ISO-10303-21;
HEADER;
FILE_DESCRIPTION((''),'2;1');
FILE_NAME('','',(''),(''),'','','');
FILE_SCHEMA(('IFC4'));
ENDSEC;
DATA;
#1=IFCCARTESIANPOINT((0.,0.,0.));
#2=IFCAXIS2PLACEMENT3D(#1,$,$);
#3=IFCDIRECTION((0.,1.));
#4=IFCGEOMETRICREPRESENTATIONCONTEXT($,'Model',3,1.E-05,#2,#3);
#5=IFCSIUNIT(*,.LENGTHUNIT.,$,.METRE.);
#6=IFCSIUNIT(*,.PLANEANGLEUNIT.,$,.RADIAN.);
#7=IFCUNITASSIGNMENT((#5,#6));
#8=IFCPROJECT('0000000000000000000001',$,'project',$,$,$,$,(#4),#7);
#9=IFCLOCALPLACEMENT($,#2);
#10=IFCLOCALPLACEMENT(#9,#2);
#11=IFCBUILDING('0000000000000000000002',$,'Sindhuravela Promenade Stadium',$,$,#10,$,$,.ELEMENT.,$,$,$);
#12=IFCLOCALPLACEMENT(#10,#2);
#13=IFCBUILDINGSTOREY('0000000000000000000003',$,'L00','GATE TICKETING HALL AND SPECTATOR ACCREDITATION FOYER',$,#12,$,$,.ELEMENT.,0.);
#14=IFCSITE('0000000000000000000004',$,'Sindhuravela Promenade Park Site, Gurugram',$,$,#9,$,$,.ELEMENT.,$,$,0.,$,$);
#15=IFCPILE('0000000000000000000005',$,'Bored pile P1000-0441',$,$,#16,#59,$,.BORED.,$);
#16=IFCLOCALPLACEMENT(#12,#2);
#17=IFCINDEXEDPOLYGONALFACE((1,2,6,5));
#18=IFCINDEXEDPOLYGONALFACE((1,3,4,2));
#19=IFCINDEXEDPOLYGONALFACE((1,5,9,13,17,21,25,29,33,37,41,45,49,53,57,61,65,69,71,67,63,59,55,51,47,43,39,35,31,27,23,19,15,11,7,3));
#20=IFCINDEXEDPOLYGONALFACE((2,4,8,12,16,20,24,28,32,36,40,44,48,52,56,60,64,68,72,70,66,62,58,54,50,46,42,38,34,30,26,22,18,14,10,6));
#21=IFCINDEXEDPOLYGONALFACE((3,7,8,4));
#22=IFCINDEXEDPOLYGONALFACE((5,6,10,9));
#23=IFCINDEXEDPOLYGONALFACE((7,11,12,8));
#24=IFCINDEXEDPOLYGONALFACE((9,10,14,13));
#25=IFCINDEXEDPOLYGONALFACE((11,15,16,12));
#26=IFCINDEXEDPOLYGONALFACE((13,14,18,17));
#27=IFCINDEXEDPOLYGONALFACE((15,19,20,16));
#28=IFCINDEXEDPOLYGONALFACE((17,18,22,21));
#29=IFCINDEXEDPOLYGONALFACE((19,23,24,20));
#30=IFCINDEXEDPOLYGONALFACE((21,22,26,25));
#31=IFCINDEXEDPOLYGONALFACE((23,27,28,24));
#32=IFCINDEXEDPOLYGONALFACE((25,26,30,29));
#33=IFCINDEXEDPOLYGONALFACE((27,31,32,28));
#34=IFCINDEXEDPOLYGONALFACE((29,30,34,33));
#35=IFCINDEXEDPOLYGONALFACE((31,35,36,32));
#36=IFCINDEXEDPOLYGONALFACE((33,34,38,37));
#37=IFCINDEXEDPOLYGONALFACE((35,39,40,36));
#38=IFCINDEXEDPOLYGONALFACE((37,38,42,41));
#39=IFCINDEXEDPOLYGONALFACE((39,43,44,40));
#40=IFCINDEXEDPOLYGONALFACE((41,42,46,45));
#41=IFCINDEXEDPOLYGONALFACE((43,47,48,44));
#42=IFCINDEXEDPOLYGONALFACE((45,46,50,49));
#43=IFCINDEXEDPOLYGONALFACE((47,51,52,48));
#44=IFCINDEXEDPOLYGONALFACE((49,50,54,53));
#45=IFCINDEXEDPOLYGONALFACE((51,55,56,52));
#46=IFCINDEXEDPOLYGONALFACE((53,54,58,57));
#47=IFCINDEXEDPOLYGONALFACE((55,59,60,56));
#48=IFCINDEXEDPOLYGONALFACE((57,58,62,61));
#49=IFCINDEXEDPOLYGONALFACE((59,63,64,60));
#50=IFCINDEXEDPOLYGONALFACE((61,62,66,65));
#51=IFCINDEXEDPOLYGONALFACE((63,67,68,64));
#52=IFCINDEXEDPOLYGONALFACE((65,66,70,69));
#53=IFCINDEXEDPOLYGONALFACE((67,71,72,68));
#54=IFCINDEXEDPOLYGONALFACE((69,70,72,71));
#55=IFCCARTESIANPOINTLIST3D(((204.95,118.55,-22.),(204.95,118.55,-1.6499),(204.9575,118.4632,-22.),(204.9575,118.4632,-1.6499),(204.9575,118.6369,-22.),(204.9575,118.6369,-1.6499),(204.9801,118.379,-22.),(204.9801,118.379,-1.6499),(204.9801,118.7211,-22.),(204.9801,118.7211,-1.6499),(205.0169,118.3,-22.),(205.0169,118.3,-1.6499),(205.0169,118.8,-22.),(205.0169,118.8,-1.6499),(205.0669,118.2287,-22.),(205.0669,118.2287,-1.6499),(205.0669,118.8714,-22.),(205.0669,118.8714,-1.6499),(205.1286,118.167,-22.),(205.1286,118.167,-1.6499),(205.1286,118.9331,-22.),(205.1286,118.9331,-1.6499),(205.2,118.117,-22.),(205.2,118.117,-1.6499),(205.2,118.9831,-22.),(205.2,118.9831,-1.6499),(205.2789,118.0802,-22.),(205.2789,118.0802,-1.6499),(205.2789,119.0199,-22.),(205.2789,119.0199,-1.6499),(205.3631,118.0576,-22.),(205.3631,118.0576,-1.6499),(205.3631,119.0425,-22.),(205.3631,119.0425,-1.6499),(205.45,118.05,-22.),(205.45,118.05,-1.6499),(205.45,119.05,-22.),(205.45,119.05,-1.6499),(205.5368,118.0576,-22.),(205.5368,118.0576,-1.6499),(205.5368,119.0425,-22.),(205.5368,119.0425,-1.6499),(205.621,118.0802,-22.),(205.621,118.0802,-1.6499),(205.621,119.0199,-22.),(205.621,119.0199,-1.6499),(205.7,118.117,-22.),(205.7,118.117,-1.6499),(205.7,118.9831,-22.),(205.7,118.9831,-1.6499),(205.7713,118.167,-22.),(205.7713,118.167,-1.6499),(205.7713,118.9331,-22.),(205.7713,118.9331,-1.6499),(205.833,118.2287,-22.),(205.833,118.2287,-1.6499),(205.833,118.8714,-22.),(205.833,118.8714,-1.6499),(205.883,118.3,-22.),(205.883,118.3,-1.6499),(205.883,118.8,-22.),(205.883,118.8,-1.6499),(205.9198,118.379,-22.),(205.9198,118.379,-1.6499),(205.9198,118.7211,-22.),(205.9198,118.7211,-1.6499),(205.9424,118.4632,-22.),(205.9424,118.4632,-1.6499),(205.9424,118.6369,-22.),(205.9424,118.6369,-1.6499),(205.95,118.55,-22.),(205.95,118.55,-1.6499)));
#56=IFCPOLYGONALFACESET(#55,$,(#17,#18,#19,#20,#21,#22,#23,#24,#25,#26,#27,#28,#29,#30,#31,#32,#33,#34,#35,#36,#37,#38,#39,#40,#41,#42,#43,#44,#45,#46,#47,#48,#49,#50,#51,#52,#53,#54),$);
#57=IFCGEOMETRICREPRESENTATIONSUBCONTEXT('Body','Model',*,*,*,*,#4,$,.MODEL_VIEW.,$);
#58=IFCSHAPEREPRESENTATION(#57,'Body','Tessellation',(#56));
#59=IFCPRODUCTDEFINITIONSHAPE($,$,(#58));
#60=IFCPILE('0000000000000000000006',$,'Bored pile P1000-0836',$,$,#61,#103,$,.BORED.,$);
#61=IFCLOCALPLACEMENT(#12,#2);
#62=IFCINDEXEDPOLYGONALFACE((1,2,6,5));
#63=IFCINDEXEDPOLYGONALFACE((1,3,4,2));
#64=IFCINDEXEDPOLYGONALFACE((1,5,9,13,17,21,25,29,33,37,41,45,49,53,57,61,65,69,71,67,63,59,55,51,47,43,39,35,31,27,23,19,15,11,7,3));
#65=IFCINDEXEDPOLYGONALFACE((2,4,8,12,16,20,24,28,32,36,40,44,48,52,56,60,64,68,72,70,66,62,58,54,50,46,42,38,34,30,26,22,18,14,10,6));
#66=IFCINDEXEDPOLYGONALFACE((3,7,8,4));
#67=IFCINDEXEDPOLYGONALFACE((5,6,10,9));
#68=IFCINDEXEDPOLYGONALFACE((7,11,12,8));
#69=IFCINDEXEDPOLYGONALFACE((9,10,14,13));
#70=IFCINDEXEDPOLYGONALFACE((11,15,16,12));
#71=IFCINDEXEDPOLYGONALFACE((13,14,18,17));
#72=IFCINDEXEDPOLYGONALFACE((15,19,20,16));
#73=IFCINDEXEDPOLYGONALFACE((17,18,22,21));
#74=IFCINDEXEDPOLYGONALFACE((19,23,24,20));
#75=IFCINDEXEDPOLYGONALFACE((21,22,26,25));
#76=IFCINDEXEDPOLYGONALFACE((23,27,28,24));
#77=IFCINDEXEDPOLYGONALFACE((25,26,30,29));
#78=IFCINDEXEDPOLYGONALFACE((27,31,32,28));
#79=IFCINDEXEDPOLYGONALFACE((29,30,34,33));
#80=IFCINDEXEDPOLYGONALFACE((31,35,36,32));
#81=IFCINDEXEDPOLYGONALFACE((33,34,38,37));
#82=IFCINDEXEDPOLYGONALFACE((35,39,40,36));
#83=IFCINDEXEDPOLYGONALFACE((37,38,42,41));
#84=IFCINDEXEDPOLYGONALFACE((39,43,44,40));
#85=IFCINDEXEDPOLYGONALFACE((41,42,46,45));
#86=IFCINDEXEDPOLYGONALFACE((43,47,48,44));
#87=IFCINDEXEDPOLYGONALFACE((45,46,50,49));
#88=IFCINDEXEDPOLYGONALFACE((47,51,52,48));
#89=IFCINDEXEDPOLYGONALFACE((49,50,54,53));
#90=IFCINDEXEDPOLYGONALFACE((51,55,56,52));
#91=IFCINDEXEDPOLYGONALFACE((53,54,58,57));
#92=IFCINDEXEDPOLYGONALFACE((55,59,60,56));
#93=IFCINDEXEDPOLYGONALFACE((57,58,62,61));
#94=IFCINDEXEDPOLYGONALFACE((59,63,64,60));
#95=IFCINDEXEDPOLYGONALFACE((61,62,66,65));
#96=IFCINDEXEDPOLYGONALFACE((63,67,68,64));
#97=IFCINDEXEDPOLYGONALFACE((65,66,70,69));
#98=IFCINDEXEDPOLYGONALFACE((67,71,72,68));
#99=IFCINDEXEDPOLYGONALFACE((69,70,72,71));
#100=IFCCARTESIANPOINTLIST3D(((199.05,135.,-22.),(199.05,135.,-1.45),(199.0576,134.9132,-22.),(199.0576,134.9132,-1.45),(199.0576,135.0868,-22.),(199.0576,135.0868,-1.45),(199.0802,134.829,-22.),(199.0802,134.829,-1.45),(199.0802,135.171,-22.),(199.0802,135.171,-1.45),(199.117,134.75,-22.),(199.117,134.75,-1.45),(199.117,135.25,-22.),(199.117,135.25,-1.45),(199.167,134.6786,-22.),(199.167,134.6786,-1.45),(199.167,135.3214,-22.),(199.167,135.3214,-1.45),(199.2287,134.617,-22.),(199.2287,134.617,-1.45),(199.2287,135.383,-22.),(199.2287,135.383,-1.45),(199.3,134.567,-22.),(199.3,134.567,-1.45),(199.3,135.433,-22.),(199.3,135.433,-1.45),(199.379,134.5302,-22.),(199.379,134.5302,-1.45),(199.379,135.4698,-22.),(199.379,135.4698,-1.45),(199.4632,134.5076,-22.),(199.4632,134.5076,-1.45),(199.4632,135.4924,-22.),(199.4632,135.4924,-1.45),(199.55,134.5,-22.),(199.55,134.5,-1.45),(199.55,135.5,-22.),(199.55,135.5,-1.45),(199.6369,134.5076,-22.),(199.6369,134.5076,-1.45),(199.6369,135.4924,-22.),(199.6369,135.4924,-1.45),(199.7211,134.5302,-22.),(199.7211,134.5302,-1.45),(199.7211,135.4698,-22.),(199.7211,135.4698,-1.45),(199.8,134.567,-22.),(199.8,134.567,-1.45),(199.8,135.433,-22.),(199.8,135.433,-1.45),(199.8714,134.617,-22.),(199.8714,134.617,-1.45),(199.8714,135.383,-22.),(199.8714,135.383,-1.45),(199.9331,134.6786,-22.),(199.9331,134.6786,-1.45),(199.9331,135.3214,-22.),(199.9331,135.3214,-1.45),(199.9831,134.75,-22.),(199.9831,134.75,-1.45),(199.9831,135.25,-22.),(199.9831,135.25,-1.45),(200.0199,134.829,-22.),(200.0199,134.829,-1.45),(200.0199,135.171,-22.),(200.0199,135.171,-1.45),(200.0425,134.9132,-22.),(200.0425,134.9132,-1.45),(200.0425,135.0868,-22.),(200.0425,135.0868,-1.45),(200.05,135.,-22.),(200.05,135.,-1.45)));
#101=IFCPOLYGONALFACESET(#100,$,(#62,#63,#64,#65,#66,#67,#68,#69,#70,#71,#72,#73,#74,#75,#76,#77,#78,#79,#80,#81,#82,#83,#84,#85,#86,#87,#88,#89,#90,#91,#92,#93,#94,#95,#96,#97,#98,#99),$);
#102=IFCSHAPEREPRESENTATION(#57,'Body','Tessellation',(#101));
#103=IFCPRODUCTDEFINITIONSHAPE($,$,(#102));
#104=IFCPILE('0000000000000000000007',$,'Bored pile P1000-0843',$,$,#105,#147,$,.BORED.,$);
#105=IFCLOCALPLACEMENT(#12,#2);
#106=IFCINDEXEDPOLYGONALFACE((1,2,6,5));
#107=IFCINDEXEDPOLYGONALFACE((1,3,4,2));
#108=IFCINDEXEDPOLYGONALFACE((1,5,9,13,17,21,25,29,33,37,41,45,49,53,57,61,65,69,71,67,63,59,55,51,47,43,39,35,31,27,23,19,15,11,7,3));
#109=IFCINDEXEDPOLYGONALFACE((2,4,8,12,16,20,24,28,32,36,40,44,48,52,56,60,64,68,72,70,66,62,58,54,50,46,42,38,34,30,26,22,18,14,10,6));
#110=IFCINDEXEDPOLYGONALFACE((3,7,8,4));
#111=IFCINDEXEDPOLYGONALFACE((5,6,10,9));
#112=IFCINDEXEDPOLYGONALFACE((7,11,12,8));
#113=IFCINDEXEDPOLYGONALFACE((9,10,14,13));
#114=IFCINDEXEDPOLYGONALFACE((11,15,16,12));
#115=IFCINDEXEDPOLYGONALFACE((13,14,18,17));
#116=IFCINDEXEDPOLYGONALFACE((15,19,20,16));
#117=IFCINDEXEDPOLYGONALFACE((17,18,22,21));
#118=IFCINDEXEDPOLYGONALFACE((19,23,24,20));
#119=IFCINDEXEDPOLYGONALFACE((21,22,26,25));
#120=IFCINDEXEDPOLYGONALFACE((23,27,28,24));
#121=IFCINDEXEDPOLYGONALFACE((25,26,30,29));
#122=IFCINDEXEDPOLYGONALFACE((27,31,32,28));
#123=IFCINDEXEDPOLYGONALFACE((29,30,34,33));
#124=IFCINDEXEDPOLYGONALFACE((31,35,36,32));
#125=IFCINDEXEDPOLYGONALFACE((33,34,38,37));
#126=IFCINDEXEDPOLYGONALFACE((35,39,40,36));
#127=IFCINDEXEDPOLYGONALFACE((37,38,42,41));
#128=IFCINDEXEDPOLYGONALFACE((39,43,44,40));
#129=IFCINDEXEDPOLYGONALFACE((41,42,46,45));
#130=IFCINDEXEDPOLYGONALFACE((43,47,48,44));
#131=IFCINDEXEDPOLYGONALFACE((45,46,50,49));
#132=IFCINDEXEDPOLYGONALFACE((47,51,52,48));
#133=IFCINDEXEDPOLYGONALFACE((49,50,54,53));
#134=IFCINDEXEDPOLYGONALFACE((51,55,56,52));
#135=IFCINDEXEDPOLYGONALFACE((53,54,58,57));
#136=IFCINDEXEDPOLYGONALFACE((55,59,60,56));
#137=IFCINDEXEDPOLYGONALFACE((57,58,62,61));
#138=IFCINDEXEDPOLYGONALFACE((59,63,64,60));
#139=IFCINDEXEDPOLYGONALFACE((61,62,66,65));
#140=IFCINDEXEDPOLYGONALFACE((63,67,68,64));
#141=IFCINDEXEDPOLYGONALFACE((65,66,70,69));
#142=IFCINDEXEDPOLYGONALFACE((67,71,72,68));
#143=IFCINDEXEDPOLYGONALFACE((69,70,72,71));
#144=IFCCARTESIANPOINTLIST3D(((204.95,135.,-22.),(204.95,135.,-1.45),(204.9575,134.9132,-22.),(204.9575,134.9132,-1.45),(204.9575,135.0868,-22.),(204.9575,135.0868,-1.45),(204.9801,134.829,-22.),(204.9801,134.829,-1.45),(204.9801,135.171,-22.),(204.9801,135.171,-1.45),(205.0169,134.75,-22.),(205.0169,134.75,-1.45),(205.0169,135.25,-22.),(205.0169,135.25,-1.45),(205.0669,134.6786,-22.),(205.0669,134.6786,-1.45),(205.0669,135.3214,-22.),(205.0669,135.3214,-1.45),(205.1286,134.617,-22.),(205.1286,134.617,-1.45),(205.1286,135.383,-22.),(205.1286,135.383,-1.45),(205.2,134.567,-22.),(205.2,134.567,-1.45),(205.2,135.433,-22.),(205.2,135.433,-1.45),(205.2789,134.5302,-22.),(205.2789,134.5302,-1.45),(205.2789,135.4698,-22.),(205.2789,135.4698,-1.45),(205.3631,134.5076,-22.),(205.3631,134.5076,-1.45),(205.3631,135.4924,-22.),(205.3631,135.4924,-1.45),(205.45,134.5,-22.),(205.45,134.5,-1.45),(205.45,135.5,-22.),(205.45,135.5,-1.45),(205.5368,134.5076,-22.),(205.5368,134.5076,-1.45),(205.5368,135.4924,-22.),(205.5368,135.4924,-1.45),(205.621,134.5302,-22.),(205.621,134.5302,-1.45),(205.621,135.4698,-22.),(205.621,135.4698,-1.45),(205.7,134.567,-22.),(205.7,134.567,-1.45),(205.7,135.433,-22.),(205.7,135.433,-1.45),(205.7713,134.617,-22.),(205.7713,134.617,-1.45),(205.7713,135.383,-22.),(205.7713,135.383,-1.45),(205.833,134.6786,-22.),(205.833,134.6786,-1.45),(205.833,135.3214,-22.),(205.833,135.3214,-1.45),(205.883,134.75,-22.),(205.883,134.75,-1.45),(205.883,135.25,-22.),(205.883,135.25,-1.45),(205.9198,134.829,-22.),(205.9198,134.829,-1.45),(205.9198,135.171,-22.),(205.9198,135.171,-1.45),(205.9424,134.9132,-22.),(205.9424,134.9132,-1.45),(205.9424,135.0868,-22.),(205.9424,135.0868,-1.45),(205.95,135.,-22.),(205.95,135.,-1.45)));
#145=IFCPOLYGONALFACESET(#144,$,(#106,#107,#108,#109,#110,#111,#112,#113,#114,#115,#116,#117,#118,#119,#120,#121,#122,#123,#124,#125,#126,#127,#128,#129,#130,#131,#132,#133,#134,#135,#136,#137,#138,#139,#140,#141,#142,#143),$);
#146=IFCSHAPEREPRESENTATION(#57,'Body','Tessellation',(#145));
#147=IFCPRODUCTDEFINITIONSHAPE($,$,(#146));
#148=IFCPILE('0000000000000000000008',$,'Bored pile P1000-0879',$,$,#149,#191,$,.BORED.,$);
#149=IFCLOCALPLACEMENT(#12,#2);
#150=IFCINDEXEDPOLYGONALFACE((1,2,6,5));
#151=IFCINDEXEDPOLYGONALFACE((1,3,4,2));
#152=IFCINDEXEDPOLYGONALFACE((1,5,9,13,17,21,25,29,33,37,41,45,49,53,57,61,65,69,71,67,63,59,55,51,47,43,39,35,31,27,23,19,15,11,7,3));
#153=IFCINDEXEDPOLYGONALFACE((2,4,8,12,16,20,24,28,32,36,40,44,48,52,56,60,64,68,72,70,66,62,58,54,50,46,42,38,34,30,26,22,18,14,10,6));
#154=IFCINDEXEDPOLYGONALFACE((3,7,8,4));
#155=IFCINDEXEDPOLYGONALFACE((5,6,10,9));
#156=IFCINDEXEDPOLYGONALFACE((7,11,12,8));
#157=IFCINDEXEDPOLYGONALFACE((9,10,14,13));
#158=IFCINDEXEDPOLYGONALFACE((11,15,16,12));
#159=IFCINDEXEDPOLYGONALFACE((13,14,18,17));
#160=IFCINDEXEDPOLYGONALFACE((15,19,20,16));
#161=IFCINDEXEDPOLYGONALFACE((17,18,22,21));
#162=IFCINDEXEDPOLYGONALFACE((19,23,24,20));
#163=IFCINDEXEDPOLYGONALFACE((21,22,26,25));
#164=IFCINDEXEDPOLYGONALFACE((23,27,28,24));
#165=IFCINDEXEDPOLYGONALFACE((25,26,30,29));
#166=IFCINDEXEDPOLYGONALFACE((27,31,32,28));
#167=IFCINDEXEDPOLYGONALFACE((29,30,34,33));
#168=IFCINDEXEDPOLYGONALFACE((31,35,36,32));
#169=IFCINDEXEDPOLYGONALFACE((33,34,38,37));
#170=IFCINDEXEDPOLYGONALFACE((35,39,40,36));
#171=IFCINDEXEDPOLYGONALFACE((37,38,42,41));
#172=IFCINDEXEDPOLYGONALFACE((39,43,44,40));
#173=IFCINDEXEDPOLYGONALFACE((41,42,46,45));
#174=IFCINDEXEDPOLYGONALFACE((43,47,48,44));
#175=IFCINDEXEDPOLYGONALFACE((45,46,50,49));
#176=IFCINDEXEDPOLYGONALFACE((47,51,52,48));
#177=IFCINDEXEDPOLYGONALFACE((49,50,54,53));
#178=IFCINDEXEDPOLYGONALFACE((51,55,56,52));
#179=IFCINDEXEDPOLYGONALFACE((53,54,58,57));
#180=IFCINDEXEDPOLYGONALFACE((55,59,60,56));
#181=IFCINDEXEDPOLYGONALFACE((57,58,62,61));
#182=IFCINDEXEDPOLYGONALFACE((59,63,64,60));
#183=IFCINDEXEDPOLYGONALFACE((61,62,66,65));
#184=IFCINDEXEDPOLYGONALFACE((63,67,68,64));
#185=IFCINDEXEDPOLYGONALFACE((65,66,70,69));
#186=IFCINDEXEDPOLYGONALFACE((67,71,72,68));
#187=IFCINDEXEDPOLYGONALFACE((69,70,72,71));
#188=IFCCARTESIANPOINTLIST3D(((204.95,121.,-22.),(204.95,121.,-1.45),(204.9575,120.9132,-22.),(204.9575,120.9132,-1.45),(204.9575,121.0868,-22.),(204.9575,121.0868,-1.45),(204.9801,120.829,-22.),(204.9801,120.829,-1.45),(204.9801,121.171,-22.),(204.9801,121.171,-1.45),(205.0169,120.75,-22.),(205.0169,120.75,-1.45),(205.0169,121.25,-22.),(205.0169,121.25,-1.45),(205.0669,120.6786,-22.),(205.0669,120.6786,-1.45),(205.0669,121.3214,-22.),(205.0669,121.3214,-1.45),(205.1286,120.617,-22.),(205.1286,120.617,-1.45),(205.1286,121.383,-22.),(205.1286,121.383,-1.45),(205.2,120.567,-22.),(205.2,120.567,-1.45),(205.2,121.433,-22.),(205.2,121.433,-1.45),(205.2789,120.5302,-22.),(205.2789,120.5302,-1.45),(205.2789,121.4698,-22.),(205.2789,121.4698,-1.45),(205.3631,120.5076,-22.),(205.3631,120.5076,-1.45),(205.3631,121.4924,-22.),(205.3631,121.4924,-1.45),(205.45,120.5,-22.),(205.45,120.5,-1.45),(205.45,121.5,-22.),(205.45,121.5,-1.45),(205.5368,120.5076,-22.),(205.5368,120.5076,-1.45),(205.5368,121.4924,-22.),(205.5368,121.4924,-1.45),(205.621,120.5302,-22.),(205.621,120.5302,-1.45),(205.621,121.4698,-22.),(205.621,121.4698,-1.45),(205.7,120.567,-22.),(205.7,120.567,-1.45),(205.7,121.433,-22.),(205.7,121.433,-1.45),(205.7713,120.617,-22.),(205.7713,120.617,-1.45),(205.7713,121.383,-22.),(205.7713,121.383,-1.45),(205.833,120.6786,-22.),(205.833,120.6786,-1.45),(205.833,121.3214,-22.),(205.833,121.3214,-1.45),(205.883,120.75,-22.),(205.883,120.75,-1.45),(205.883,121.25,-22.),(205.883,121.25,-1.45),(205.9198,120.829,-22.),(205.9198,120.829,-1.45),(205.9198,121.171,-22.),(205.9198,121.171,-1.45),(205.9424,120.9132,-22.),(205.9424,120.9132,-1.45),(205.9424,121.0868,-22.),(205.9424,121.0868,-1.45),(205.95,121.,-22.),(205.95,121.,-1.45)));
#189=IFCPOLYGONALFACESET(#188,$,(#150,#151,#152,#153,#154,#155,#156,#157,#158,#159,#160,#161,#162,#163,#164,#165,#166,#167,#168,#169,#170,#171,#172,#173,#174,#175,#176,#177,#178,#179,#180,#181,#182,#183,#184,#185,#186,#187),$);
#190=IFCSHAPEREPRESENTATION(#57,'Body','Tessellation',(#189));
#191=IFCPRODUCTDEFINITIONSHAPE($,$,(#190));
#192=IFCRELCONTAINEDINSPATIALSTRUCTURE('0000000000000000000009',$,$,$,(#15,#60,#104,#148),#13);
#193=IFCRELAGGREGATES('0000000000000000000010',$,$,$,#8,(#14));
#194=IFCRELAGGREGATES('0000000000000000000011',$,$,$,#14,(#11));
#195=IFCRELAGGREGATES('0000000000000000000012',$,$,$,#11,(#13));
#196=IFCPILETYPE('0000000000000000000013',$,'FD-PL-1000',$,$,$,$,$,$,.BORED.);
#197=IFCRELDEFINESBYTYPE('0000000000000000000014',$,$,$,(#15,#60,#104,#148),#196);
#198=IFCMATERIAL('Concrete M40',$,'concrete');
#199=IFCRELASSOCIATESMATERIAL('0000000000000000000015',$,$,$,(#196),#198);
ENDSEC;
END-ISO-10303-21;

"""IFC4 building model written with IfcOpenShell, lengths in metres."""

from ifc_helpers import new_model, si_unit, direction, frame, origin, origin_2d, place, context, subcontext, project, spatial, circle, extrude, material, material_profile, profile_set, type_object, element, save


model = new_model("IFC4")

# Units and contexts
model_context = context("Model", 3, precision=1e-05, world=origin(), true_north=direction((0.0, 1.0)))
body_context = subcontext(model_context, "Body", "Model", "MODEL_VIEW")
ifc_project = project(units=[si_unit("LENGTHUNIT", "METRE"), si_unit("PLANEANGLEUNIT", "RADIAN")], contexts=[model_context])

# Site, building, storey
site_placement = place(None, origin())
site = spatial("IfcSite", under=ifc_project, at=site_placement, Name="Sindhuravela Promenade Park Site, Gurugram", CompositionType="ELEMENT", RefElevation=0.0)
building_placement = place(site_placement, origin())
building = spatial("IfcBuilding", under=site, at=building_placement, Name="Sindhuravela Promenade Stadium", CompositionType="ELEMENT")
storey_placement = place(building_placement, origin())
storey = spatial("IfcBuildingStorey", under=building, at=storey_placement, Name="L00", Description="GATE TICKETING HALL AND SPECTATOR ACCREDITATION FOYER", CompositionType="ELEMENT", Elevation=0.0)

# Piles
ifc_material_1 = material(Name="Concrete M40", Category="concrete")
ifc_material_profile_1 = material_profile(ifc_material_1, circle(Radius=0.5, at=origin_2d()), Name="BORED PILE D1000")
ifc_profile_set_1 = profile_set([ifc_material_profile_1], Name="Concrete M40")
pile_type_1 = type_object("IfcPileType", Name="FD-PL-1000", PredefinedType="BORED", material=ifc_profile_set_1)
for number, where, z_axis, x_axis, name in (
    (1, (205.45, 118.55, -1.6499), (0.0, 0.0, -1.0), (1.0, 0.0, 0.0), "Bored pile P1000-0441"),
):
    element("IfcPile", number, at=place(storey_placement, frame(where, z_axis=z_axis, x_axis=x_axis)), inside=storey, type_object=pile_type_1, Name=name, PredefinedType="BORED", context=body_context, shape_type="SweptSolid", body=[
        extrude(circle(Radius=0.5, at=origin_2d()), origin(), (0.0, 0.0, 1.0), 20.3501),
    ])
for number, where, z_axis, x_axis, name in (
    (2, (199.55, 135.0, -1.45), (0.0, 0.0, -1.0), (1.0, 0.0, 0.0), "Bored pile P1000-0836"),
    (3, (205.45, 135.0, -1.45), (0.0, 0.0, -1.0), (1.0, 0.0, 0.0), "Bored pile P1000-0843"),
    (4, (205.45, 121.0, -1.45), (0.0, 0.0, -1.0), (1.0, 0.0, 0.0), "Bored pile P1000-0879"),
):
    element("IfcPile", number, at=place(storey_placement, frame(where, z_axis=z_axis, x_axis=x_axis)), inside=storey, type_object=pile_type_1, Name=name, PredefinedType="BORED", context=body_context, shape_type="SweptSolid", body=[
        extrude(circle(Radius=0.5, at=origin_2d()), origin(), (0.0, 0.0, 1.0), 20.55),
    ])

save(model, "model.ifc")
